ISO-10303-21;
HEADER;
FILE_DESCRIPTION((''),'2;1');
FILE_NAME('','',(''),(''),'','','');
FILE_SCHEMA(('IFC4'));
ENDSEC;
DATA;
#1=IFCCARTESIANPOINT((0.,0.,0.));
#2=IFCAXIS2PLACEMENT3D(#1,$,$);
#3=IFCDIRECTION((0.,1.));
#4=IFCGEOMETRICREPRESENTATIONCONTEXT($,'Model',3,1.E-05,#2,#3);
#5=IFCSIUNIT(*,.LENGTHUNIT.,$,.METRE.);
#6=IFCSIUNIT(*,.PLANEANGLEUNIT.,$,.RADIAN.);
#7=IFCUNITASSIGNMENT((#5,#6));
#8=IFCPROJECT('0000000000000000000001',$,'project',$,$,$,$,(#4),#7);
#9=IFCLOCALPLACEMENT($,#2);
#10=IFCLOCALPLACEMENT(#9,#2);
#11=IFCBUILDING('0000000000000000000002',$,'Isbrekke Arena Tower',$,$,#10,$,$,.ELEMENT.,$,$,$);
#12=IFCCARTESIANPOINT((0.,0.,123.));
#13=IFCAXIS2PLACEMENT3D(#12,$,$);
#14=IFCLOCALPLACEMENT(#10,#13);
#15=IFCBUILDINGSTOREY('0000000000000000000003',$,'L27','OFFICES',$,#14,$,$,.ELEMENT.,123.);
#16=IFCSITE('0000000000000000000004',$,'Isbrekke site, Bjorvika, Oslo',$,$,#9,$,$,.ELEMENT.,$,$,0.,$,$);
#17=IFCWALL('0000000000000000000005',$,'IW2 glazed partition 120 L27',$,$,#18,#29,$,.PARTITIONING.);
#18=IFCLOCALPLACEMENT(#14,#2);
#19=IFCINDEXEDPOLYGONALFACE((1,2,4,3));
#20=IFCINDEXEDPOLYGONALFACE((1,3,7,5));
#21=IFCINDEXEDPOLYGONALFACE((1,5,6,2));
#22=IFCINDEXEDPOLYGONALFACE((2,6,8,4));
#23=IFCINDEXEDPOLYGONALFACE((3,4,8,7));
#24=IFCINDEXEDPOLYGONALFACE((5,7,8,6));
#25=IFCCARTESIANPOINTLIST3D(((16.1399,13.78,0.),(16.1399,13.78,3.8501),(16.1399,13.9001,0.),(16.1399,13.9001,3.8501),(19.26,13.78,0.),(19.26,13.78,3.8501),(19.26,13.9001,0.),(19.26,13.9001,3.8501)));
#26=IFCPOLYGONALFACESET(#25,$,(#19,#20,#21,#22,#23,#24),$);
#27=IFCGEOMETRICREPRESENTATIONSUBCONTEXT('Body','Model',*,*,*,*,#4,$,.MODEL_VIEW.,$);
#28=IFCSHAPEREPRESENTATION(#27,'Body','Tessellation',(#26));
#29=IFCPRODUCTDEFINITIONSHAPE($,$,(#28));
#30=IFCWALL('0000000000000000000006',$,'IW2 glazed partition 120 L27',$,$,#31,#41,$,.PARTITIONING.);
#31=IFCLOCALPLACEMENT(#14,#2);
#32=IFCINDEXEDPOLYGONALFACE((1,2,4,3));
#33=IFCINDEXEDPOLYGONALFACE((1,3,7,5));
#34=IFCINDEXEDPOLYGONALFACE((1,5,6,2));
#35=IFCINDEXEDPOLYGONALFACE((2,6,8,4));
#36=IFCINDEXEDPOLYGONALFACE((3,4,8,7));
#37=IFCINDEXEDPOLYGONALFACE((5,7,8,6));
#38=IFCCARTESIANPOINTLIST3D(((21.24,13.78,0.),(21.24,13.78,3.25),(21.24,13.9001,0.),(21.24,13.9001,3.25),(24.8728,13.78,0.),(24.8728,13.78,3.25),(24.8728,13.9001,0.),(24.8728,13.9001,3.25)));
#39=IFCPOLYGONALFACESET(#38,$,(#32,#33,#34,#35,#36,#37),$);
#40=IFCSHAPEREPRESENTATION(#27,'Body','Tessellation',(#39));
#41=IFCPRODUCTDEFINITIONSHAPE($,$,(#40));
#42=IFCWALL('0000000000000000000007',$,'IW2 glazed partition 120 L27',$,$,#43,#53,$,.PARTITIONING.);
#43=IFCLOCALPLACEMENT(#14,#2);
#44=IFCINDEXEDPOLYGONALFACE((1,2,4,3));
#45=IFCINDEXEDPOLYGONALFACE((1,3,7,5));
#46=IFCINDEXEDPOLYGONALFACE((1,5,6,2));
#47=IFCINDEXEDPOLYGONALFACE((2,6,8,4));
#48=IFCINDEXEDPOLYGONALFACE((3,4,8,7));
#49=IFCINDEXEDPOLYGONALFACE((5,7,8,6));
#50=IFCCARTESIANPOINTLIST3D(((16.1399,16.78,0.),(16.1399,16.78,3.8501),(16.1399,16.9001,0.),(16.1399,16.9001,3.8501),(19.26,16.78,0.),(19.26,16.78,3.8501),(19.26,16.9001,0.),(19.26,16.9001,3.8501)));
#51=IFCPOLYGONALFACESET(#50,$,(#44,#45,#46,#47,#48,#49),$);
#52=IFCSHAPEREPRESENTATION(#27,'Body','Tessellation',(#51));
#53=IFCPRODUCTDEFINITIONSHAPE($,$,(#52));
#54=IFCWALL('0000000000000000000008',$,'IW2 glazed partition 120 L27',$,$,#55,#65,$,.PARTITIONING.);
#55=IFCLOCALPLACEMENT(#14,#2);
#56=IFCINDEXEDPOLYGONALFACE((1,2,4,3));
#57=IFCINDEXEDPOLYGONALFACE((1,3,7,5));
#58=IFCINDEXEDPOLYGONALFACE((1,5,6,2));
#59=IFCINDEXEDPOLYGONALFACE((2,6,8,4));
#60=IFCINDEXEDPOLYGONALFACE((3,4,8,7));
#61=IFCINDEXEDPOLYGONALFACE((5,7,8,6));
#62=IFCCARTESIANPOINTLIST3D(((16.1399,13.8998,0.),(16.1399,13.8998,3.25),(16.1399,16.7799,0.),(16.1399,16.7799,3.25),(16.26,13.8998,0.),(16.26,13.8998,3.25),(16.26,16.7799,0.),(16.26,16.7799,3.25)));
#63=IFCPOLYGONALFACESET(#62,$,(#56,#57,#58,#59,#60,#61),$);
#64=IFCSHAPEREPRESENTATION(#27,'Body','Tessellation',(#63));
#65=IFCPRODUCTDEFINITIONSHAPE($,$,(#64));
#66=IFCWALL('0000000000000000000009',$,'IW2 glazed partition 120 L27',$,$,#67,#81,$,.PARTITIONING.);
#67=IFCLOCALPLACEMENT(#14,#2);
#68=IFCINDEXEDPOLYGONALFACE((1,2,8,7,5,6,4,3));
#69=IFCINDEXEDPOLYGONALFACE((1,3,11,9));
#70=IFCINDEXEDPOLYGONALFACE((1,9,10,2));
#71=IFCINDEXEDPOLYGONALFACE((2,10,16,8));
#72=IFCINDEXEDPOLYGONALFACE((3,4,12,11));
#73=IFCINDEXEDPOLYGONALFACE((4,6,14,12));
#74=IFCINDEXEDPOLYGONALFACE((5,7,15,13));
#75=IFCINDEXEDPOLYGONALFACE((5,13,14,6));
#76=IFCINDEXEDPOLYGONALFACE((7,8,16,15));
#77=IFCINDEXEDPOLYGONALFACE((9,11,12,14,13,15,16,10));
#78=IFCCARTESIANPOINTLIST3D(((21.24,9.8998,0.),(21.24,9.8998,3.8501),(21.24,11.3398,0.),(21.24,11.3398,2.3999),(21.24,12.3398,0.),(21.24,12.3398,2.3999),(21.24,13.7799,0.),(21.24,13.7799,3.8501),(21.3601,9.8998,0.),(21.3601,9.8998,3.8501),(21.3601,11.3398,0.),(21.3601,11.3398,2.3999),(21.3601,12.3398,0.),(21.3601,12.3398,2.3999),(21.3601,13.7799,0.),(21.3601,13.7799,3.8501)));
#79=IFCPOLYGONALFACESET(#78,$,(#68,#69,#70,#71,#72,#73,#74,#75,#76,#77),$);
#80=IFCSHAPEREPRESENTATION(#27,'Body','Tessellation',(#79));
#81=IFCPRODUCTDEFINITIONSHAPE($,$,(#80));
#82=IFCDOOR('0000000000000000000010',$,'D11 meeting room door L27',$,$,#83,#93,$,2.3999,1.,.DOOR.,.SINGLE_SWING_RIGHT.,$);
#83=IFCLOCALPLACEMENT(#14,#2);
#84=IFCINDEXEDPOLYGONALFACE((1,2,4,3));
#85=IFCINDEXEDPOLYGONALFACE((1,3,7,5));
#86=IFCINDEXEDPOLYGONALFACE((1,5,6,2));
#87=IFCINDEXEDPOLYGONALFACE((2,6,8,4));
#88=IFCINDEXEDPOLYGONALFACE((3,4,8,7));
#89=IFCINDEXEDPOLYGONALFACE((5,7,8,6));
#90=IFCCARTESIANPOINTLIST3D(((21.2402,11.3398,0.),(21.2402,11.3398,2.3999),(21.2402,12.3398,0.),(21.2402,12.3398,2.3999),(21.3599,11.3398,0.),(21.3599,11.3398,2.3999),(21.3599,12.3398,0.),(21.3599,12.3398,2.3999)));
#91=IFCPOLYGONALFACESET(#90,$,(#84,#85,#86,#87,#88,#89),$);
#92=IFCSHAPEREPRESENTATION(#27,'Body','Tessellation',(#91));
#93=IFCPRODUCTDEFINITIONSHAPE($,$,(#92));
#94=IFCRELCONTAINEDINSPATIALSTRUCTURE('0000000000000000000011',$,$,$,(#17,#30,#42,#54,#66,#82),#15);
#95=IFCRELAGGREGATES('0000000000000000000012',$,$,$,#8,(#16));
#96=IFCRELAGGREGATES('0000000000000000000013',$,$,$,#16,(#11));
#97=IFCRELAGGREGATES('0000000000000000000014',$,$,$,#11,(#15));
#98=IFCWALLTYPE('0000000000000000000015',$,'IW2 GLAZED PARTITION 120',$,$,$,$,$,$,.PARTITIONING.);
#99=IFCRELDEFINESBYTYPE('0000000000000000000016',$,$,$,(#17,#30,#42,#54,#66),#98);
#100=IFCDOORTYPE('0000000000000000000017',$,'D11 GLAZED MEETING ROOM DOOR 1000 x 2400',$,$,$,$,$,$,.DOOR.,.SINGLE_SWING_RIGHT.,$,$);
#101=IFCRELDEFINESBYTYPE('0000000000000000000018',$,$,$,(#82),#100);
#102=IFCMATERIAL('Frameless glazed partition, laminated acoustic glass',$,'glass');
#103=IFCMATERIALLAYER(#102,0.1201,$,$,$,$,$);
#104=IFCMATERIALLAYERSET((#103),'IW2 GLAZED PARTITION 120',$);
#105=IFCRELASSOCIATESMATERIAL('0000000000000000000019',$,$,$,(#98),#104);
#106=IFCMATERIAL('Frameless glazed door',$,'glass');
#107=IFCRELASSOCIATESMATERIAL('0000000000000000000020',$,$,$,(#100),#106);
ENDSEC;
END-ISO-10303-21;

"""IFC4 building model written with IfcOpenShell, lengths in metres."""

from ifc_helpers import new_model, si_unit, direction, frame, frame_2d, origin, place, context, subcontext, project, spatial, rectangle, extrude, material, layer, layer_set, type_object, element, fill, save


model = new_model("IFC4")

# Units and contexts
model_context = context("Model", 3, precision=1e-05, world=origin(), true_north=direction((0.0, 1.0)))
body_context = subcontext(model_context, "Body", "Model", "MODEL_VIEW")
ifc_project = project(units=[si_unit("LENGTHUNIT", "METRE"), si_unit("PLANEANGLEUNIT", "RADIAN")], contexts=[model_context])

# Site, building, storey
site_placement = place(None, origin())
site = spatial("IfcSite", under=ifc_project, at=site_placement, Name="Isbrekke site, Bjorvika, Oslo", CompositionType="ELEMENT", RefElevation=0.0)
building_placement = place(site_placement, origin())
building = spatial("IfcBuilding", under=site, at=building_placement, Name="Isbrekke Arena Tower", CompositionType="ELEMENT")
storey_placement = place(building_placement, frame((0.0, 0.0, 123.0)))
storey = spatial("IfcBuildingStorey", under=building, at=storey_placement, Name="L27", Description="OFFICES", CompositionType="ELEMENT", Elevation=123.0)

# Walls
ifc_material_1 = material(Name="Frameless glazed partition, laminated acoustic glass", Category="glass")
ifc_layer_1 = layer(ifc_material_1, 0.1201)
ifc_layer_set_1 = layer_set([ifc_layer_1], Name="IW2 GLAZED PARTITION 120")
wall_type_1 = type_object("IfcWallType", Name="IW2 GLAZED PARTITION 120", PredefinedType="PARTITIONING", material=ifc_layer_set_1)
wall_1_placement = place(storey_placement, frame((16.1399, 13.8401, 0.0), z_axis=(0.0, 0.0, 1.0), x_axis=(1.0, 0.0, 0.0)))
element("IfcWall", 1, at=wall_1_placement, inside=storey, type_object=wall_type_1, Name="IW2 glazed partition 120 L27", PredefinedType="PARTITIONING", context=body_context, shape_type="SweptSolid", body=[
    extrude(rectangle(XDim=3.1201, YDim=0.1201, at=frame_2d((1.5601, 0.0))), origin(), (0.0, 0.0, 1.0), 3.8501),
])
wall_2_placement = place(storey_placement, frame((21.24, 13.8401, 0.0), z_axis=(0.0, 0.0, 1.0), x_axis=(1.0, 0.0, 0.0)))
element("IfcWall", 2, at=wall_2_placement, inside=storey, type_object=wall_type_1, Name="IW2 glazed partition 120 L27", PredefinedType="PARTITIONING", context=body_context, shape_type="SweptSolid", body=[
    extrude(rectangle(XDim=3.6328, YDim=0.1201, at=frame_2d((1.8164, 0.0))), origin(), (0.0, 0.0, 1.0), 3.25),
])
wall_3_placement = place(storey_placement, frame((16.1399, 16.8401, 0.0), z_axis=(0.0, 0.0, 1.0), x_axis=(1.0, 0.0, 0.0)))
element("IfcWall", 3, at=wall_3_placement, inside=storey, type_object=wall_type_1, Name="IW2 glazed partition 120 L27", PredefinedType="PARTITIONING", context=body_context, shape_type="SweptSolid", body=[
    extrude(rectangle(XDim=3.1201, YDim=0.1201, at=frame_2d((1.5601, 0.0))), origin(), (0.0, 0.0, 1.0), 3.8501),
])
wall_4_placement = place(storey_placement, frame((16.2, 13.8999, 0.0), z_axis=(0.0, 0.0, 1.0), x_axis=(0.0, 1.0, 0.0)))
element("IfcWall", 4, at=wall_4_placement, inside=storey, type_object=wall_type_1, Name="IW2 glazed partition 120 L27", PredefinedType="PARTITIONING", context=body_context, shape_type="SweptSolid", body=[
    extrude(rectangle(XDim=2.8801, YDim=0.1201, at=frame_2d((1.4399, 0.0))), origin(), (0.0, 0.0, 1.0), 3.25),
])

# Wall, opening, door
ifc_material_2 = material(Name="Frameless glazed door", Category="glass")
door_type = type_object("IfcDoorType", Name="D11 GLAZED MEETING ROOM DOOR 1000 x 2400", OperationType="SINGLE_SWING_RIGHT", PredefinedType="DOOR", material=ifc_material_2)
wall_5_placement = place(storey_placement, frame((21.3, 9.8999, 0.0), z_axis=(0.0, 0.0, 1.0), x_axis=(0.0, 1.0, 0.0)))
wall_5 = element("IfcWall", 5, at=wall_5_placement, inside=storey, type_object=wall_type_1, Name="IW2 glazed partition 120 L27", PredefinedType="PARTITIONING", context=body_context, shape_type="SweptSolid", body=[
    extrude(rectangle(XDim=3.8801, YDim=0.1201, at=frame_2d((1.9399, 0.0))), origin(), (0.0, 0.0, 1.0), 3.8501),
])
opening_1_placement = place(wall_5_placement, frame((1.4399, 0.0, 0.0)))
opening_1 = element("IfcOpeningElement", 6, at=opening_1_placement, cuts=wall_5, PredefinedType="OPENING", context=body_context, shape_type="SweptSolid", body=[
    extrude(rectangle(XDim=1.0, YDim=2.3999, at=frame_2d((0.5, 1.2))), frame((0.0, 0.075, 0.0), z_axis=(0.0, -1.0, 0.0), x_axis=(1.0, 0.0, 0.0)), (0.0, 0.0, 1.0), 0.1499),
])
door_1_placement = place(opening_1_placement, origin())
door_1 = element("IfcDoor", 7, at=door_1_placement, inside=storey, type_object=door_type, Name="D11 meeting room door L27", OperationType="SINGLE_SWING_RIGHT", OverallHeight=2.3999, OverallWidth=1.0, PredefinedType="DOOR", context=body_context, shape_type="SweptSolid", body=[
    extrude(rectangle(XDim=1.0, YDim=2.3999, at=frame_2d((0.5, 1.2))), frame((0.0, 0.0598, 0.0), z_axis=(0.0, -1.0, 0.0), x_axis=(1.0, 0.0, 0.0)), (0.0, 0.0, 1.0), 0.1196),
])
fill(opening_1, door_1)

save(model, "model.ifc")
